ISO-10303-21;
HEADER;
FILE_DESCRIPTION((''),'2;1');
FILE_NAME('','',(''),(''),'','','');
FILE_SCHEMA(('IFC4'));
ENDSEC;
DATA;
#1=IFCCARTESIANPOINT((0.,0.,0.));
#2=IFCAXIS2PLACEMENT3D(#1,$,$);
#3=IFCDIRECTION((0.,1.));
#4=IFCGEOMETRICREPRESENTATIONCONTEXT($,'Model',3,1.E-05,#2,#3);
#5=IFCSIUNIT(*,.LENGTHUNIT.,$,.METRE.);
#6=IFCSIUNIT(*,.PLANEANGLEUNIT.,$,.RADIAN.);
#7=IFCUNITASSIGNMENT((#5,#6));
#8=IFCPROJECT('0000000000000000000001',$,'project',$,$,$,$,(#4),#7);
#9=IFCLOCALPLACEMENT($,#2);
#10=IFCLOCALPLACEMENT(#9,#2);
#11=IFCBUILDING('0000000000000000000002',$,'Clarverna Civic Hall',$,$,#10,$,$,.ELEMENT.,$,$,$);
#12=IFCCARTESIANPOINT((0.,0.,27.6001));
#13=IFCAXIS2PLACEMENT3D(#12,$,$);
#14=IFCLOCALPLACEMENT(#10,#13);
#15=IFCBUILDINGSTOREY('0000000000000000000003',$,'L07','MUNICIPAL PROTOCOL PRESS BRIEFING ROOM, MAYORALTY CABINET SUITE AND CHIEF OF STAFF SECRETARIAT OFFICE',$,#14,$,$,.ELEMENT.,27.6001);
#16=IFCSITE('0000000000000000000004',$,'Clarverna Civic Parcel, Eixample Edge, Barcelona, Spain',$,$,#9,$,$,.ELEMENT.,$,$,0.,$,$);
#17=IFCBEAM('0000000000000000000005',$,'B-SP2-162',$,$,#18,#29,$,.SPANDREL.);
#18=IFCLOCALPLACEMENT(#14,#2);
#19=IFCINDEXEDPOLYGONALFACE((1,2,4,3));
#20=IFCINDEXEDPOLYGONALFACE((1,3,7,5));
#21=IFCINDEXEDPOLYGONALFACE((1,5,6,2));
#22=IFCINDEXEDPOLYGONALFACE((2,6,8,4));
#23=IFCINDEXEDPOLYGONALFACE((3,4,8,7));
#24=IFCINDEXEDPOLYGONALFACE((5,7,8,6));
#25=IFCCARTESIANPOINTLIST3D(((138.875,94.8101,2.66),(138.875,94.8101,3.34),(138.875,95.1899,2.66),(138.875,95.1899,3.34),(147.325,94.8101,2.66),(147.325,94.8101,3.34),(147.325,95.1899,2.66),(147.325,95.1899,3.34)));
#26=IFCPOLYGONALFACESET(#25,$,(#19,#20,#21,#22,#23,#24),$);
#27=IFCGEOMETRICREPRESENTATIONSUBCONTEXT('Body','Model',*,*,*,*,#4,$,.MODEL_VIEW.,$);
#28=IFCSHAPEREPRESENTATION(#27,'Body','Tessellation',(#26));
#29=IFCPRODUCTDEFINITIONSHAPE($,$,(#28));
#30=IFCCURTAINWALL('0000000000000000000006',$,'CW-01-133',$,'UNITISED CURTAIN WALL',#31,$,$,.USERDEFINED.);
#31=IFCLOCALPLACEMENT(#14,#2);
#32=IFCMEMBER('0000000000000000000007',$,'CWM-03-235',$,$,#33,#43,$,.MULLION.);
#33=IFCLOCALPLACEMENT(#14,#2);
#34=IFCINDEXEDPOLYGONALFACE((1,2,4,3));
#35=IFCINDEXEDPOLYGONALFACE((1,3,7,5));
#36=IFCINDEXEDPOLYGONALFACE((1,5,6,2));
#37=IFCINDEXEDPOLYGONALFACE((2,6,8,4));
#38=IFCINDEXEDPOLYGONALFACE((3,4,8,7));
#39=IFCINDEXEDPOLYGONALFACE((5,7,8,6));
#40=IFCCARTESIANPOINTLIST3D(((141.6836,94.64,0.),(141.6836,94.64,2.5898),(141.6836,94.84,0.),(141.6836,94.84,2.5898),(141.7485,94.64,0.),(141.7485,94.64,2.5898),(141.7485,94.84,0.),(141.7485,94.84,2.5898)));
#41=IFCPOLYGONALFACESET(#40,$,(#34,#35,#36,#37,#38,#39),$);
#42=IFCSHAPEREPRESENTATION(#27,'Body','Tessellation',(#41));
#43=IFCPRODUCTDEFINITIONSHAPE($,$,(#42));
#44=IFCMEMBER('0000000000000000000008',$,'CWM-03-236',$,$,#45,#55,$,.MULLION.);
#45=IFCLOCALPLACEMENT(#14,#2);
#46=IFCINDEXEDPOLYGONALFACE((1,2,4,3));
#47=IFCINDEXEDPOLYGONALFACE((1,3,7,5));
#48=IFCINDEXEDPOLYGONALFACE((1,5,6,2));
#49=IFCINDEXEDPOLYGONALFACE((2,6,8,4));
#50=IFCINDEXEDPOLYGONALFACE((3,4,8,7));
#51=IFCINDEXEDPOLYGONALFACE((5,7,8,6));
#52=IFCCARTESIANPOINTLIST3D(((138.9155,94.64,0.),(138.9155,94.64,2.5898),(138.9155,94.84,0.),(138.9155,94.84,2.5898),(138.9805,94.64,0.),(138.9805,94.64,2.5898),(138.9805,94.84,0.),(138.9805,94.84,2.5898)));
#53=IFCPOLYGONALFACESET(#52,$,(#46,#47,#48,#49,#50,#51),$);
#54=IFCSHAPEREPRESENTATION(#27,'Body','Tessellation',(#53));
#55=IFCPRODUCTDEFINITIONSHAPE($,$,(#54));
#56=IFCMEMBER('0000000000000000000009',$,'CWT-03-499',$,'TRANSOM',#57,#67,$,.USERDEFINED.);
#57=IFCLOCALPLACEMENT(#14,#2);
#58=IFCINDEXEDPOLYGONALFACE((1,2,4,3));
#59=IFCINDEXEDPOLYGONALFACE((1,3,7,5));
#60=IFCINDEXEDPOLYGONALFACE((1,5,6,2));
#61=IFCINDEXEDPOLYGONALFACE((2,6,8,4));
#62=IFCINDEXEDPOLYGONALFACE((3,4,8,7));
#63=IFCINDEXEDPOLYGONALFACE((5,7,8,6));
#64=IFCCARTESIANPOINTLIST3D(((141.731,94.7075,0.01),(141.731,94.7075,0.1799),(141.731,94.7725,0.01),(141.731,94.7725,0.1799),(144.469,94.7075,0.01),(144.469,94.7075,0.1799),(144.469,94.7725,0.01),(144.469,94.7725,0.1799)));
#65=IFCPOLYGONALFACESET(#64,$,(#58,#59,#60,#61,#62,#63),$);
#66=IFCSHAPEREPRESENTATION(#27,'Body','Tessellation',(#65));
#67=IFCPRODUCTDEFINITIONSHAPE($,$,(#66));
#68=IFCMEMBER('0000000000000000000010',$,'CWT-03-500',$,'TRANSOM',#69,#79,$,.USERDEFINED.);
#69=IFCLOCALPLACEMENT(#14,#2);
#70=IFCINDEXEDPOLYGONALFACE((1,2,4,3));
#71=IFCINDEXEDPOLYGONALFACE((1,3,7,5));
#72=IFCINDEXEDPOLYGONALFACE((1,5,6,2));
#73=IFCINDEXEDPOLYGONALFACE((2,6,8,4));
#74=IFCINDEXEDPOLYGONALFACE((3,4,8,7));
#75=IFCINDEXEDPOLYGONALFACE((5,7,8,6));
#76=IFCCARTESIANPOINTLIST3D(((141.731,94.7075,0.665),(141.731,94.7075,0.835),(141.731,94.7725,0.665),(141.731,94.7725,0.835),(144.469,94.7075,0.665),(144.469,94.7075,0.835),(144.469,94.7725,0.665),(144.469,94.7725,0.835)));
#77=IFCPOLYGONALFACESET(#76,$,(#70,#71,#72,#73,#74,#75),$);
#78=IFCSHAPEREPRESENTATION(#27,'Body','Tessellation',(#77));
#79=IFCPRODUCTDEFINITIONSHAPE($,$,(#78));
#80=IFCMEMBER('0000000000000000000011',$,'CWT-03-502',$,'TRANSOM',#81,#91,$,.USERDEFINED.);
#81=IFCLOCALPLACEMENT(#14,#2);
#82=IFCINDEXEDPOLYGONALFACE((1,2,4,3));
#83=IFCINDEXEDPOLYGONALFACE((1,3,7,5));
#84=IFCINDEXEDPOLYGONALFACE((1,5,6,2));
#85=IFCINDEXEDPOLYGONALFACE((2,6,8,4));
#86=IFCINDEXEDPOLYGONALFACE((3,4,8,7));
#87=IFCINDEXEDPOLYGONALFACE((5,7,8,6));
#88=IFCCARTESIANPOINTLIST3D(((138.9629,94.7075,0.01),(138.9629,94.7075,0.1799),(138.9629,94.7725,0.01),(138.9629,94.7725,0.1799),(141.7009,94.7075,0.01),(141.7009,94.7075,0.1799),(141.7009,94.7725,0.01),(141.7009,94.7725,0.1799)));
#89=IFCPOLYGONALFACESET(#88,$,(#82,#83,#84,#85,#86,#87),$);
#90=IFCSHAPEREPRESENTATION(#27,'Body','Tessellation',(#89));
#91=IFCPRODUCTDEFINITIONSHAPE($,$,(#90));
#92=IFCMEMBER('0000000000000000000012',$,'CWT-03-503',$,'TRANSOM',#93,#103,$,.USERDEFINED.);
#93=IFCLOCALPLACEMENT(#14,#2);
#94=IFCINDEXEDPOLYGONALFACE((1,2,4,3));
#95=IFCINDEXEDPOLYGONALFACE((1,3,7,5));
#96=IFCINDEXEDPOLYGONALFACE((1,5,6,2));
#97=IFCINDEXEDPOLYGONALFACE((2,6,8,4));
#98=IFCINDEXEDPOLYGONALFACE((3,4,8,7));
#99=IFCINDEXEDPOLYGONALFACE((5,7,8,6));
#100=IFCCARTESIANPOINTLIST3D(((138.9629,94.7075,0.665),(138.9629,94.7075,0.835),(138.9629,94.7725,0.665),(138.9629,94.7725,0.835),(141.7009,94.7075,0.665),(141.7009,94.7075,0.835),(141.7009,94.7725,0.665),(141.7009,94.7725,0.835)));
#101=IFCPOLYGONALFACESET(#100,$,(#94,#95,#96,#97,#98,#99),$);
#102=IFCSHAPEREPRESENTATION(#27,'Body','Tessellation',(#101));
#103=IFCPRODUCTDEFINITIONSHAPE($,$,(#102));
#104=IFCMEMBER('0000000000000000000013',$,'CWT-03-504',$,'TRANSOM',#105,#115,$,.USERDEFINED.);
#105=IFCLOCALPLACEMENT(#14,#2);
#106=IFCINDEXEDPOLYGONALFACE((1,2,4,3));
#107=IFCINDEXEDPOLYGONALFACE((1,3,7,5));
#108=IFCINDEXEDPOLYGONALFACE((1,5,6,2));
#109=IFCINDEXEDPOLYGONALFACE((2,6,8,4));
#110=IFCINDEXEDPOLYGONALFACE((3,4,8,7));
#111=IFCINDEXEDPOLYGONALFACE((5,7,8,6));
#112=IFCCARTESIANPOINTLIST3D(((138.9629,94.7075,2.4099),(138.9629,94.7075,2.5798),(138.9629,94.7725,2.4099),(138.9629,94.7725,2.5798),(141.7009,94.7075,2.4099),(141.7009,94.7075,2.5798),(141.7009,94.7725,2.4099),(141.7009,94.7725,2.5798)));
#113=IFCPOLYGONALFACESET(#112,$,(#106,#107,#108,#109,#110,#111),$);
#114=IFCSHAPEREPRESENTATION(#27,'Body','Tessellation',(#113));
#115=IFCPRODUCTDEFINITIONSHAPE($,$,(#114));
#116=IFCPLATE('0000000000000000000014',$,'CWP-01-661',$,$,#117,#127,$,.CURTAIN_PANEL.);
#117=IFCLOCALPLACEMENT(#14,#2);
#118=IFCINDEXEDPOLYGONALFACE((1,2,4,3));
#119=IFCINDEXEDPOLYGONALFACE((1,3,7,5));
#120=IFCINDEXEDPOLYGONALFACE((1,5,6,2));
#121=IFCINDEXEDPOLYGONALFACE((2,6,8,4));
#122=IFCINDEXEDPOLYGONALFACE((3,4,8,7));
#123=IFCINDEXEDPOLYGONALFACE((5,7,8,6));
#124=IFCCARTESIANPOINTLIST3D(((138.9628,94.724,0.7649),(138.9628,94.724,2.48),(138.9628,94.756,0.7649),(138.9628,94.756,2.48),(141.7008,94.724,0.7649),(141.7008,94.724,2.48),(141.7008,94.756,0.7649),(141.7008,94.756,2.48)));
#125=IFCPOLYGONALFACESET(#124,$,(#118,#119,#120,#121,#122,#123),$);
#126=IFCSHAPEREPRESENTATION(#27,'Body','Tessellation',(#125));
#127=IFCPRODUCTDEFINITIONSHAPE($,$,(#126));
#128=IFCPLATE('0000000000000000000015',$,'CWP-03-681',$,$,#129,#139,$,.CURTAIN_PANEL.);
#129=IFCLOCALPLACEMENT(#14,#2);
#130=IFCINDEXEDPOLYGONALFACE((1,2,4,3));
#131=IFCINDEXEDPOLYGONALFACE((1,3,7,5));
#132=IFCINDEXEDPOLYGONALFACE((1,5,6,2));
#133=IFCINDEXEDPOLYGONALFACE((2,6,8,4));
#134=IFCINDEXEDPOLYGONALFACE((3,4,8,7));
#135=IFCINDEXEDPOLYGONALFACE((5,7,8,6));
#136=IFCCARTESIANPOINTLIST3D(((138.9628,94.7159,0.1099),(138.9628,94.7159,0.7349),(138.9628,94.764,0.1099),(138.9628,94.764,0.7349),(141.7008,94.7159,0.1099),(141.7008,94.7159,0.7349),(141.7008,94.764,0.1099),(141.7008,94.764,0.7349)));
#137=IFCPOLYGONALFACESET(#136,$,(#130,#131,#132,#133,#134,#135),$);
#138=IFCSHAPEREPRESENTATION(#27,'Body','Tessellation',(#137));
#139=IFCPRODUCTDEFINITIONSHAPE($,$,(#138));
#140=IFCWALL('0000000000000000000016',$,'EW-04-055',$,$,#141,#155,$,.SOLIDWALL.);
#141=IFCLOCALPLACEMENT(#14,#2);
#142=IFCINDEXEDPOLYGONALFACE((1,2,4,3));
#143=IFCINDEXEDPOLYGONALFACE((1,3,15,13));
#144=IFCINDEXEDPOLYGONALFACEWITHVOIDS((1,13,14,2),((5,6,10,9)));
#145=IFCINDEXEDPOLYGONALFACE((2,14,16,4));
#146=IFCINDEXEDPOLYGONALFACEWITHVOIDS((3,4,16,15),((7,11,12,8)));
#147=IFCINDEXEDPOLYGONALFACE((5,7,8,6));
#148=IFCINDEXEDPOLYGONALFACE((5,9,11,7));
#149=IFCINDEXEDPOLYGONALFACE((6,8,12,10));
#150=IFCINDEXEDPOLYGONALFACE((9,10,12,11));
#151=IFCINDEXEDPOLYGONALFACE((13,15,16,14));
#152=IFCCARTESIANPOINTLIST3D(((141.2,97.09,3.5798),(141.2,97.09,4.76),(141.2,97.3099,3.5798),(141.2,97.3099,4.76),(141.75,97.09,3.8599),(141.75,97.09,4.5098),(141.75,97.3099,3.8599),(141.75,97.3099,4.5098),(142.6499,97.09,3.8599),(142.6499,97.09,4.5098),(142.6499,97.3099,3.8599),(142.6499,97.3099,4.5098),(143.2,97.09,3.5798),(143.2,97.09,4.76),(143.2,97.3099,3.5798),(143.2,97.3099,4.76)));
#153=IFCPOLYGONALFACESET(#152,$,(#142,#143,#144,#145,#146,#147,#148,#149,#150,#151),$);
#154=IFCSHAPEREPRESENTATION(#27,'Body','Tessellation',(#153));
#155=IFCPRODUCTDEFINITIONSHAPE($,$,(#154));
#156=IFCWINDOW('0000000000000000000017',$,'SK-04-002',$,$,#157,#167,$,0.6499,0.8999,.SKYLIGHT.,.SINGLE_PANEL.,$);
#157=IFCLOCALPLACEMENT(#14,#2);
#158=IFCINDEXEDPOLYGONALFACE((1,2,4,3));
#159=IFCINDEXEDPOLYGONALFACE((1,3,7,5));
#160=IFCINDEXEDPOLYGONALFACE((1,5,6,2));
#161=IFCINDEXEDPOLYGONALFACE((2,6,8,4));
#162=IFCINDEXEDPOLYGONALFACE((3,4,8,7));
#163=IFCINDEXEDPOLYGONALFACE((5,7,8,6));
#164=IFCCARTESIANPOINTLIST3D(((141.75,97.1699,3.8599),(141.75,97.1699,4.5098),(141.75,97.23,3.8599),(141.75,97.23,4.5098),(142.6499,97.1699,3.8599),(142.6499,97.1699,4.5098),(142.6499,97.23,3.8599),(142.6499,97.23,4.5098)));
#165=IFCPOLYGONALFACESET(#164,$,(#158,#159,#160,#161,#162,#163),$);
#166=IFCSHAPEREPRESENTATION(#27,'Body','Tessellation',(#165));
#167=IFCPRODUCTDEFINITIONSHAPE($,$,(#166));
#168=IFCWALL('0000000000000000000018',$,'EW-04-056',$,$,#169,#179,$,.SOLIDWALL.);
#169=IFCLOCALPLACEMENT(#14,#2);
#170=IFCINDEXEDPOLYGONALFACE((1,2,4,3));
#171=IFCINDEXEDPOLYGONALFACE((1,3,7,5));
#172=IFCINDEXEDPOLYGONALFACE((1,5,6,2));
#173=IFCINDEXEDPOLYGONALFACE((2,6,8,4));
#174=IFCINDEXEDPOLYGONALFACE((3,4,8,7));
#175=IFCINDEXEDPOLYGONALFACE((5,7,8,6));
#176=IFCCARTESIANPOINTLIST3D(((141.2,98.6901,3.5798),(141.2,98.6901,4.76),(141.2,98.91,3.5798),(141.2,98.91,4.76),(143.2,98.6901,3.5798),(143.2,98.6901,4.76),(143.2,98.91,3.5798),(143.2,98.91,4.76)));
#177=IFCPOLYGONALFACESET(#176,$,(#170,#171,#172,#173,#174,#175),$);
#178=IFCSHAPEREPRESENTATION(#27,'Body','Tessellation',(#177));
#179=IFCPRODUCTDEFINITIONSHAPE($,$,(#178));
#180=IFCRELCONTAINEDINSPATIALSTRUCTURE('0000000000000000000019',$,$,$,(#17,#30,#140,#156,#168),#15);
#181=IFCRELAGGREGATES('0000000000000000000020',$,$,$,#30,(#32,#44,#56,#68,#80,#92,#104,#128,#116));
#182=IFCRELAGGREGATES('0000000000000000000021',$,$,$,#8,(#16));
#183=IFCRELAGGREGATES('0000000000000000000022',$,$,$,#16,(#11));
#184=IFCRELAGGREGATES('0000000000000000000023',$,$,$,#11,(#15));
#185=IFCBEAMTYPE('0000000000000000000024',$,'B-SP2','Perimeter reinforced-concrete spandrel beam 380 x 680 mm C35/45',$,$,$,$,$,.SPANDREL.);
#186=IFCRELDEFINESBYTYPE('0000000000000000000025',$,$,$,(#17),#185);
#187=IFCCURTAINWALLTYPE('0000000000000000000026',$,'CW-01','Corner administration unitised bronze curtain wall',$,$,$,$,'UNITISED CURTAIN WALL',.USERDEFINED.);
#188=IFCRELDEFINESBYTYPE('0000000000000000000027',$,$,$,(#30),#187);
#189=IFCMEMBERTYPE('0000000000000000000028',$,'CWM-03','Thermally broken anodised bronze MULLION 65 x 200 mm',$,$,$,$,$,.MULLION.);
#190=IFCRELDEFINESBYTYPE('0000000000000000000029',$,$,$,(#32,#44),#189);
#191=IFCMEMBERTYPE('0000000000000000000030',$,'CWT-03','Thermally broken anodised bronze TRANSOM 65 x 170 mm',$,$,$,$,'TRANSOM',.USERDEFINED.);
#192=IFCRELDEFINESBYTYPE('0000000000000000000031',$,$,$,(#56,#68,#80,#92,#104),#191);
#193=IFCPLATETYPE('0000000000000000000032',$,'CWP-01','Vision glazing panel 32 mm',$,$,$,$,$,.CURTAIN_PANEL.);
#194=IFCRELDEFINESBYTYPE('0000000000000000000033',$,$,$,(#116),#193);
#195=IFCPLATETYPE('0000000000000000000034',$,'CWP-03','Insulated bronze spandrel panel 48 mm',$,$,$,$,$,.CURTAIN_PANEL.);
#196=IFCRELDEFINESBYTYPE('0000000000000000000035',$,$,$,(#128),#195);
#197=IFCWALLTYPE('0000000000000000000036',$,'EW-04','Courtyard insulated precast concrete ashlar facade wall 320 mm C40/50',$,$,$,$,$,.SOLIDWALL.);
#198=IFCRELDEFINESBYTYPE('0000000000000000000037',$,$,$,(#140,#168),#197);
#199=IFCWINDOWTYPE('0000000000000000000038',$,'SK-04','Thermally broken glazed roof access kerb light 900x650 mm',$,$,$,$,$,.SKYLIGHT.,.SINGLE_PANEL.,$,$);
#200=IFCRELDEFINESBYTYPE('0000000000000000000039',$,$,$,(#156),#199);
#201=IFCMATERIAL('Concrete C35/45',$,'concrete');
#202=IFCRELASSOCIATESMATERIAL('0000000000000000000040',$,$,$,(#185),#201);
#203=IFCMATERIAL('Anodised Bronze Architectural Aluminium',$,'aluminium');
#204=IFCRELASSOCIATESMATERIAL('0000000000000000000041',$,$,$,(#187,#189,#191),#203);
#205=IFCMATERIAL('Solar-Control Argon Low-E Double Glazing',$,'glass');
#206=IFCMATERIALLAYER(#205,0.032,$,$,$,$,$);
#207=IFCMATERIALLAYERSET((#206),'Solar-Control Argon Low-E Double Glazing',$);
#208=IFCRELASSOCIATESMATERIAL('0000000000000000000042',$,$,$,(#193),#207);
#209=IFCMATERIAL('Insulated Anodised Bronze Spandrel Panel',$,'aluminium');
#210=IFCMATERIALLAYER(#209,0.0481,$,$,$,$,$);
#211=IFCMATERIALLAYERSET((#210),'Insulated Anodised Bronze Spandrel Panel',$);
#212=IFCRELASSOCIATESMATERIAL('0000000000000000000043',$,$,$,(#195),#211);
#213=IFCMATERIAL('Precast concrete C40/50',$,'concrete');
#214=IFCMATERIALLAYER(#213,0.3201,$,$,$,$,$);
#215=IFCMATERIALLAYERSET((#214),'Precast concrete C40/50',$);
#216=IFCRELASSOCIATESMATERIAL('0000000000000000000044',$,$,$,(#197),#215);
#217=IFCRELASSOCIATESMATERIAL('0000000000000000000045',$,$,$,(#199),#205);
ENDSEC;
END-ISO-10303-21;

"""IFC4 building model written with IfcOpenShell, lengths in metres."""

from ifc_helpers import new_model, si_unit, direction, frame, frame_2d, origin, origin_2d, place, context, subcontext, project, spatial, rectangle, extrude, material, layer, layer_set, material_profile, profile_set, type_object, element, fill, aggregate, save


model = new_model("IFC4")

# Units and contexts
model_context = context("Model", 3, precision=1e-05, world=origin(), true_north=direction((0.0, 1.0)))
body_context = subcontext(model_context, "Body", "Model", "MODEL_VIEW")
ifc_project = project(units=[si_unit("LENGTHUNIT", "METRE"), si_unit("PLANEANGLEUNIT", "RADIAN")], contexts=[model_context])

# Site, building, storey
site_placement = place(None, origin())
site = spatial("IfcSite", under=ifc_project, at=site_placement, Name="Clarverna Civic Parcel, Eixample Edge, Barcelona, Spain", CompositionType="ELEMENT", RefElevation=0.0)
building_placement = place(site_placement, origin())
building = spatial("IfcBuilding", under=site, at=building_placement, Name="Clarverna Civic Hall", CompositionType="ELEMENT")
storey_placement = place(building_placement, frame((0.0, 0.0, 27.6001)))
storey = spatial("IfcBuildingStorey", under=building, at=storey_placement, Name="L07", Description="MUNICIPAL PROTOCOL PRESS BRIEFING ROOM, MAYORALTY CABINET SUITE AND CHIEF OF STAFF SECRETARIAT OFFICE", CompositionType="ELEMENT", Elevation=27.6001)

# Beam
ifc_material_1 = material(Name="Concrete C35/45", Category="concrete")
ifc_material_profile_1 = material_profile(ifc_material_1, rectangle(XDim=0.3799, YDim=0.6799, at=origin_2d()), Name="RC 380x680")
ifc_profile_set_1 = profile_set([ifc_material_profile_1], Name="Concrete C35/45")
beam_type = type_object("IfcBeamType", Name="B-SP2", Description="Perimeter reinforced-concrete spandrel beam 380 x 680 mm C35/45", PredefinedType="SPANDREL", material=ifc_profile_set_1)
beam_placement = place(storey_placement, frame((138.875, 95.0, 3.0), z_axis=(1.0, 0.0, 0.0), x_axis=(0.0, 1.0, 0.0)))
element("IfcBeam", 1, at=beam_placement, inside=storey, type_object=beam_type, Name="B-SP2-162", PredefinedType="SPANDREL", context=body_context, shape_type="SweptSolid", body=[
    extrude(rectangle(XDim=0.3799, YDim=0.6799, at=origin_2d()), origin(), (0.0, 0.0, 1.0), 8.45),
])

# Curtain wall, members, plates
ifc_material_2 = material(Name="Anodised Bronze Architectural Aluminium", Category="aluminium")
curtain_wall_type = type_object("IfcCurtainWallType", Name="CW-01", Description="Corner administration unitised bronze curtain wall", ElementType="UNITISED CURTAIN WALL", PredefinedType="USERDEFINED", material=ifc_material_2)
curtain_wall_placement = place(storey_placement, origin())
curtain_wall = element("IfcCurtainWall", 2, at=curtain_wall_placement, inside=storey, type_object=curtain_wall_type, Name="CW-01-133", ObjectType="UNITISED CURTAIN WALL", PredefinedType="USERDEFINED")
ifc_material_profile_2 = material_profile(ifc_material_2, rectangle(XDim=0.0649, YDim=0.2, at=origin_2d()), Name="BRONZE 65x200")
ifc_profile_set_2 = profile_set([ifc_material_profile_2], Name="Anodised Bronze Architectural Aluminium")
member_type_1 = type_object("IfcMemberType", Name="CWM-03", Description="Thermally broken anodised bronze MULLION 65 x 200 mm", PredefinedType="MULLION", material=ifc_profile_set_2)
member_1_placement = place(storey_placement, frame((141.7161, 94.74, 0.0), z_axis=(0.0, 0.0, 1.0), x_axis=(1.0, 0.0, 0.0)))
member_1 = element("IfcMember", 3, at=member_1_placement, type_object=member_type_1, Name="CWM-03-235", PredefinedType="MULLION", context=body_context, shape_type="SweptSolid", body=[
    extrude(rectangle(XDim=0.0649, YDim=0.2, at=origin_2d()), origin(), (0.0, 0.0, 1.0), 2.5898),
])
member_2_placement = place(storey_placement, frame((138.948, 94.74, 0.0), z_axis=(0.0, 0.0, 1.0), x_axis=(1.0, 0.0, 0.0)))
member_2 = element("IfcMember", 4, at=member_2_placement, type_object=member_type_1, Name="CWM-03-236", PredefinedType="MULLION", context=body_context, shape_type="SweptSolid", body=[
    extrude(rectangle(XDim=0.0649, YDim=0.2, at=origin_2d()), origin(), (0.0, 0.0, 1.0), 2.5898),
])
ifc_material_profile_3 = material_profile(ifc_material_2, rectangle(XDim=0.0649, YDim=0.1699, at=origin_2d()), Name="BRONZE 65x170")
ifc_profile_set_3 = profile_set([ifc_material_profile_3], Name="Anodised Bronze Architectural Aluminium")
member_type_2 = type_object("IfcMemberType", Name="CWT-03", Description="Thermally broken anodised bronze TRANSOM 65 x 170 mm", ElementType="TRANSOM", PredefinedType="USERDEFINED", material=ifc_profile_set_3)
member_3_placement = place(storey_placement, frame((144.469, 94.74, 0.095), z_axis=(-1.0, 0.0, 0.0), x_axis=(0.0, -1.0, 0.0)))
member_3 = element("IfcMember", 5, at=member_3_placement, type_object=member_type_2, Name="CWT-03-499", ObjectType="TRANSOM", PredefinedType="USERDEFINED", context=body_context, shape_type="SweptSolid", body=[
    extrude(rectangle(XDim=0.0649, YDim=0.1699, at=origin_2d()), origin(), (0.0, 0.0, 1.0), 2.738),
])
member_4_placement = place(storey_placement, frame((144.469, 94.74, 0.75), z_axis=(-1.0, 0.0, 0.0), x_axis=(0.0, -1.0, 0.0)))
member_4 = element("IfcMember", 6, at=member_4_placement, type_object=member_type_2, Name="CWT-03-500", ObjectType="TRANSOM", PredefinedType="USERDEFINED", context=body_context, shape_type="SweptSolid", body=[
    extrude(rectangle(XDim=0.0649, YDim=0.1699, at=origin_2d()), origin(), (0.0, 0.0, 1.0), 2.738),
])
member_5_placement = place(storey_placement, frame((141.7009, 94.74, 0.095), z_axis=(-1.0, 0.0, 0.0), x_axis=(0.0, -1.0, 0.0)))
member_5 = element("IfcMember", 7, at=member_5_placement, type_object=member_type_2, Name="CWT-03-502", ObjectType="TRANSOM", PredefinedType="USERDEFINED", context=body_context, shape_type="SweptSolid", body=[
    extrude(rectangle(XDim=0.0649, YDim=0.1699, at=origin_2d()), origin(), (0.0, 0.0, 1.0), 2.738),
])
member_6_placement = place(storey_placement, frame((141.7009, 94.74, 0.75), z_axis=(-1.0, 0.0, 0.0), x_axis=(0.0, -1.0, 0.0)))
member_6 = element("IfcMember", 8, at=member_6_placement, type_object=member_type_2, Name="CWT-03-503", ObjectType="TRANSOM", PredefinedType="USERDEFINED", context=body_context, shape_type="SweptSolid", body=[
    extrude(rectangle(XDim=0.0649, YDim=0.1699, at=origin_2d()), origin(), (0.0, 0.0, 1.0), 2.738),
])
member_7_placement = place(storey_placement, frame((141.7009, 94.74, 2.4949), z_axis=(-1.0, 0.0, 0.0), x_axis=(0.0, -1.0, 0.0)))
member_7 = element("IfcMember", 9, at=member_7_placement, type_object=member_type_2, Name="CWT-03-504", ObjectType="TRANSOM", PredefinedType="USERDEFINED", context=body_context, shape_type="SweptSolid", body=[
    extrude(rectangle(XDim=0.0649, YDim=0.1699, at=origin_2d()), origin(), (0.0, 0.0, 1.0), 2.738),
])
ifc_material_3 = material(Name="Solar-Control Argon Low-E Double Glazing", Category="glass")
ifc_layer_1 = layer(ifc_material_3, 0.032)
ifc_layer_set_1 = layer_set([ifc_layer_1], Name="Solar-Control Argon Low-E Double Glazing")
plate_type_1 = type_object("IfcPlateType", Name="CWP-01", Description="Vision glazing panel 32 mm", PredefinedType="CURTAIN_PANEL", material=ifc_layer_set_1)
plate_1_placement = place(storey_placement, frame((141.7009, 94.74, 0.7649), z_axis=(0.0, 0.0, 1.0), x_axis=(-1.0, 0.0, 0.0)))
plate_1 = element("IfcPlate", 10, at=plate_1_placement, type_object=plate_type_1, Name="CWP-01-661", PredefinedType="CURTAIN_PANEL", context=body_context, shape_type="SweptSolid", body=[
    extrude(rectangle(XDim=2.738, YDim=0.032, at=frame_2d((1.3691, 0.0))), origin(), (0.0, 0.0, 1.0), 1.7151),
])
ifc_material_4 = material(Name="Insulated Anodised Bronze Spandrel Panel", Category="aluminium")
ifc_layer_2 = layer(ifc_material_4, 0.0481)
ifc_layer_set_2 = layer_set([ifc_layer_2], Name="Insulated Anodised Bronze Spandrel Panel")
plate_type_2 = type_object("IfcPlateType", Name="CWP-03", Description="Insulated bronze spandrel panel 48 mm", PredefinedType="CURTAIN_PANEL", material=ifc_layer_set_2)
plate_2_placement = place(storey_placement, frame((141.7009, 94.74, 0.1099), z_axis=(0.0, 0.0, 1.0), x_axis=(-1.0, 0.0, 0.0)))
plate_2 = element("IfcPlate", 11, at=plate_2_placement, type_object=plate_type_2, Name="CWP-03-681", PredefinedType="CURTAIN_PANEL", context=body_context, shape_type="SweptSolid", body=[
    extrude(rectangle(XDim=2.738, YDim=0.0481, at=frame_2d((1.3691, 0.0))), origin(), (0.0, 0.0, 1.0), 0.625),
])
aggregate(curtain_wall, [member_1, member_2, member_3, member_4, member_5, member_6, member_7, plate_2, plate_1])

# Wall, opening, window
ifc_material_5 = material(Name="Precast concrete C40/50", Category="concrete")
ifc_layer_3 = layer(ifc_material_5, 0.3201)
ifc_layer_set_3 = layer_set([ifc_layer_3], Name="Precast concrete C40/50")
wall_type_1 = type_object("IfcWallType", Name="EW-04", Description="Courtyard insulated precast concrete ashlar facade wall 320 mm C40/50", PredefinedType="SOLIDWALL", material=ifc_layer_set_3)
wall_1_placement = place(storey_placement, frame((141.2, 97.2, 3.5798), z_axis=(0.0, 0.0, 1.0), x_axis=(1.0, 0.0, 0.0)))
wall_1 = element("IfcWall", 12, at=wall_1_placement, inside=storey, type_object=wall_type_1, Name="EW-04-055", PredefinedType="SOLIDWALL", context=body_context, shape_type="SweptSolid", body=[
    extrude(rectangle(XDim=2.0, YDim=0.22, at=frame_2d((1.0, 0.0))), origin(), (0.0, 0.0, 1.0), 1.1802),
])
opening_1_placement = place(wall_1_placement, frame((0.55, 0.0, 0.28)))
opening_1 = element("IfcOpeningElement", 13, at=opening_1_placement, cuts=wall_1, PredefinedType="OPENING", context=body_context, shape_type="SweptSolid", body=[
    extrude(rectangle(XDim=0.8999, YDim=0.6499, at=frame_2d((0.45, 0.325))), frame((0.0, 0.1199, 0.0), z_axis=(0.0, -1.0, 0.0), x_axis=(1.0, 0.0, 0.0)), (0.0, 0.0, 1.0), 0.24),
])
window_type = type_object("IfcWindowType", Name="SK-04", Description="Thermally broken glazed roof access kerb light 900x650 mm", PartitioningType="SINGLE_PANEL", PredefinedType="SKYLIGHT", material=ifc_material_3)
window_placement = place(opening_1_placement, origin())
window = element("IfcWindow", 14, at=window_placement, inside=storey, type_object=window_type, Name="SK-04-002", OverallHeight=0.6499, OverallWidth=0.8999, PartitioningType="SINGLE_PANEL", PredefinedType="SKYLIGHT", context=body_context, shape_type="SweptSolid", body=[
    extrude(rectangle(XDim=0.8999, YDim=0.6499, at=frame_2d((0.45, 0.325))), frame((0.0, 0.03, 0.0), z_axis=(0.0, -1.0, 0.0), x_axis=(1.0, 0.0, 0.0)), (0.0, 0.0, 1.0), 0.0601),
])
fill(opening_1, window)

# Wall
wall_2_placement = place(storey_placement, frame((141.2, 98.8, 3.5798), z_axis=(0.0, 0.0, 1.0), x_axis=(1.0, 0.0, 0.0)))
element("IfcWall", 15, at=wall_2_placement, inside=storey, type_object=wall_type_1, Name="EW-04-056", PredefinedType="SOLIDWALL", context=body_context, shape_type="SweptSolid", body=[
    extrude(rectangle(XDim=2.0, YDim=0.22, at=frame_2d((1.0, 0.0))), origin(), (0.0, 0.0, 1.0), 1.1802),
])

save(model, "model.ifc")
